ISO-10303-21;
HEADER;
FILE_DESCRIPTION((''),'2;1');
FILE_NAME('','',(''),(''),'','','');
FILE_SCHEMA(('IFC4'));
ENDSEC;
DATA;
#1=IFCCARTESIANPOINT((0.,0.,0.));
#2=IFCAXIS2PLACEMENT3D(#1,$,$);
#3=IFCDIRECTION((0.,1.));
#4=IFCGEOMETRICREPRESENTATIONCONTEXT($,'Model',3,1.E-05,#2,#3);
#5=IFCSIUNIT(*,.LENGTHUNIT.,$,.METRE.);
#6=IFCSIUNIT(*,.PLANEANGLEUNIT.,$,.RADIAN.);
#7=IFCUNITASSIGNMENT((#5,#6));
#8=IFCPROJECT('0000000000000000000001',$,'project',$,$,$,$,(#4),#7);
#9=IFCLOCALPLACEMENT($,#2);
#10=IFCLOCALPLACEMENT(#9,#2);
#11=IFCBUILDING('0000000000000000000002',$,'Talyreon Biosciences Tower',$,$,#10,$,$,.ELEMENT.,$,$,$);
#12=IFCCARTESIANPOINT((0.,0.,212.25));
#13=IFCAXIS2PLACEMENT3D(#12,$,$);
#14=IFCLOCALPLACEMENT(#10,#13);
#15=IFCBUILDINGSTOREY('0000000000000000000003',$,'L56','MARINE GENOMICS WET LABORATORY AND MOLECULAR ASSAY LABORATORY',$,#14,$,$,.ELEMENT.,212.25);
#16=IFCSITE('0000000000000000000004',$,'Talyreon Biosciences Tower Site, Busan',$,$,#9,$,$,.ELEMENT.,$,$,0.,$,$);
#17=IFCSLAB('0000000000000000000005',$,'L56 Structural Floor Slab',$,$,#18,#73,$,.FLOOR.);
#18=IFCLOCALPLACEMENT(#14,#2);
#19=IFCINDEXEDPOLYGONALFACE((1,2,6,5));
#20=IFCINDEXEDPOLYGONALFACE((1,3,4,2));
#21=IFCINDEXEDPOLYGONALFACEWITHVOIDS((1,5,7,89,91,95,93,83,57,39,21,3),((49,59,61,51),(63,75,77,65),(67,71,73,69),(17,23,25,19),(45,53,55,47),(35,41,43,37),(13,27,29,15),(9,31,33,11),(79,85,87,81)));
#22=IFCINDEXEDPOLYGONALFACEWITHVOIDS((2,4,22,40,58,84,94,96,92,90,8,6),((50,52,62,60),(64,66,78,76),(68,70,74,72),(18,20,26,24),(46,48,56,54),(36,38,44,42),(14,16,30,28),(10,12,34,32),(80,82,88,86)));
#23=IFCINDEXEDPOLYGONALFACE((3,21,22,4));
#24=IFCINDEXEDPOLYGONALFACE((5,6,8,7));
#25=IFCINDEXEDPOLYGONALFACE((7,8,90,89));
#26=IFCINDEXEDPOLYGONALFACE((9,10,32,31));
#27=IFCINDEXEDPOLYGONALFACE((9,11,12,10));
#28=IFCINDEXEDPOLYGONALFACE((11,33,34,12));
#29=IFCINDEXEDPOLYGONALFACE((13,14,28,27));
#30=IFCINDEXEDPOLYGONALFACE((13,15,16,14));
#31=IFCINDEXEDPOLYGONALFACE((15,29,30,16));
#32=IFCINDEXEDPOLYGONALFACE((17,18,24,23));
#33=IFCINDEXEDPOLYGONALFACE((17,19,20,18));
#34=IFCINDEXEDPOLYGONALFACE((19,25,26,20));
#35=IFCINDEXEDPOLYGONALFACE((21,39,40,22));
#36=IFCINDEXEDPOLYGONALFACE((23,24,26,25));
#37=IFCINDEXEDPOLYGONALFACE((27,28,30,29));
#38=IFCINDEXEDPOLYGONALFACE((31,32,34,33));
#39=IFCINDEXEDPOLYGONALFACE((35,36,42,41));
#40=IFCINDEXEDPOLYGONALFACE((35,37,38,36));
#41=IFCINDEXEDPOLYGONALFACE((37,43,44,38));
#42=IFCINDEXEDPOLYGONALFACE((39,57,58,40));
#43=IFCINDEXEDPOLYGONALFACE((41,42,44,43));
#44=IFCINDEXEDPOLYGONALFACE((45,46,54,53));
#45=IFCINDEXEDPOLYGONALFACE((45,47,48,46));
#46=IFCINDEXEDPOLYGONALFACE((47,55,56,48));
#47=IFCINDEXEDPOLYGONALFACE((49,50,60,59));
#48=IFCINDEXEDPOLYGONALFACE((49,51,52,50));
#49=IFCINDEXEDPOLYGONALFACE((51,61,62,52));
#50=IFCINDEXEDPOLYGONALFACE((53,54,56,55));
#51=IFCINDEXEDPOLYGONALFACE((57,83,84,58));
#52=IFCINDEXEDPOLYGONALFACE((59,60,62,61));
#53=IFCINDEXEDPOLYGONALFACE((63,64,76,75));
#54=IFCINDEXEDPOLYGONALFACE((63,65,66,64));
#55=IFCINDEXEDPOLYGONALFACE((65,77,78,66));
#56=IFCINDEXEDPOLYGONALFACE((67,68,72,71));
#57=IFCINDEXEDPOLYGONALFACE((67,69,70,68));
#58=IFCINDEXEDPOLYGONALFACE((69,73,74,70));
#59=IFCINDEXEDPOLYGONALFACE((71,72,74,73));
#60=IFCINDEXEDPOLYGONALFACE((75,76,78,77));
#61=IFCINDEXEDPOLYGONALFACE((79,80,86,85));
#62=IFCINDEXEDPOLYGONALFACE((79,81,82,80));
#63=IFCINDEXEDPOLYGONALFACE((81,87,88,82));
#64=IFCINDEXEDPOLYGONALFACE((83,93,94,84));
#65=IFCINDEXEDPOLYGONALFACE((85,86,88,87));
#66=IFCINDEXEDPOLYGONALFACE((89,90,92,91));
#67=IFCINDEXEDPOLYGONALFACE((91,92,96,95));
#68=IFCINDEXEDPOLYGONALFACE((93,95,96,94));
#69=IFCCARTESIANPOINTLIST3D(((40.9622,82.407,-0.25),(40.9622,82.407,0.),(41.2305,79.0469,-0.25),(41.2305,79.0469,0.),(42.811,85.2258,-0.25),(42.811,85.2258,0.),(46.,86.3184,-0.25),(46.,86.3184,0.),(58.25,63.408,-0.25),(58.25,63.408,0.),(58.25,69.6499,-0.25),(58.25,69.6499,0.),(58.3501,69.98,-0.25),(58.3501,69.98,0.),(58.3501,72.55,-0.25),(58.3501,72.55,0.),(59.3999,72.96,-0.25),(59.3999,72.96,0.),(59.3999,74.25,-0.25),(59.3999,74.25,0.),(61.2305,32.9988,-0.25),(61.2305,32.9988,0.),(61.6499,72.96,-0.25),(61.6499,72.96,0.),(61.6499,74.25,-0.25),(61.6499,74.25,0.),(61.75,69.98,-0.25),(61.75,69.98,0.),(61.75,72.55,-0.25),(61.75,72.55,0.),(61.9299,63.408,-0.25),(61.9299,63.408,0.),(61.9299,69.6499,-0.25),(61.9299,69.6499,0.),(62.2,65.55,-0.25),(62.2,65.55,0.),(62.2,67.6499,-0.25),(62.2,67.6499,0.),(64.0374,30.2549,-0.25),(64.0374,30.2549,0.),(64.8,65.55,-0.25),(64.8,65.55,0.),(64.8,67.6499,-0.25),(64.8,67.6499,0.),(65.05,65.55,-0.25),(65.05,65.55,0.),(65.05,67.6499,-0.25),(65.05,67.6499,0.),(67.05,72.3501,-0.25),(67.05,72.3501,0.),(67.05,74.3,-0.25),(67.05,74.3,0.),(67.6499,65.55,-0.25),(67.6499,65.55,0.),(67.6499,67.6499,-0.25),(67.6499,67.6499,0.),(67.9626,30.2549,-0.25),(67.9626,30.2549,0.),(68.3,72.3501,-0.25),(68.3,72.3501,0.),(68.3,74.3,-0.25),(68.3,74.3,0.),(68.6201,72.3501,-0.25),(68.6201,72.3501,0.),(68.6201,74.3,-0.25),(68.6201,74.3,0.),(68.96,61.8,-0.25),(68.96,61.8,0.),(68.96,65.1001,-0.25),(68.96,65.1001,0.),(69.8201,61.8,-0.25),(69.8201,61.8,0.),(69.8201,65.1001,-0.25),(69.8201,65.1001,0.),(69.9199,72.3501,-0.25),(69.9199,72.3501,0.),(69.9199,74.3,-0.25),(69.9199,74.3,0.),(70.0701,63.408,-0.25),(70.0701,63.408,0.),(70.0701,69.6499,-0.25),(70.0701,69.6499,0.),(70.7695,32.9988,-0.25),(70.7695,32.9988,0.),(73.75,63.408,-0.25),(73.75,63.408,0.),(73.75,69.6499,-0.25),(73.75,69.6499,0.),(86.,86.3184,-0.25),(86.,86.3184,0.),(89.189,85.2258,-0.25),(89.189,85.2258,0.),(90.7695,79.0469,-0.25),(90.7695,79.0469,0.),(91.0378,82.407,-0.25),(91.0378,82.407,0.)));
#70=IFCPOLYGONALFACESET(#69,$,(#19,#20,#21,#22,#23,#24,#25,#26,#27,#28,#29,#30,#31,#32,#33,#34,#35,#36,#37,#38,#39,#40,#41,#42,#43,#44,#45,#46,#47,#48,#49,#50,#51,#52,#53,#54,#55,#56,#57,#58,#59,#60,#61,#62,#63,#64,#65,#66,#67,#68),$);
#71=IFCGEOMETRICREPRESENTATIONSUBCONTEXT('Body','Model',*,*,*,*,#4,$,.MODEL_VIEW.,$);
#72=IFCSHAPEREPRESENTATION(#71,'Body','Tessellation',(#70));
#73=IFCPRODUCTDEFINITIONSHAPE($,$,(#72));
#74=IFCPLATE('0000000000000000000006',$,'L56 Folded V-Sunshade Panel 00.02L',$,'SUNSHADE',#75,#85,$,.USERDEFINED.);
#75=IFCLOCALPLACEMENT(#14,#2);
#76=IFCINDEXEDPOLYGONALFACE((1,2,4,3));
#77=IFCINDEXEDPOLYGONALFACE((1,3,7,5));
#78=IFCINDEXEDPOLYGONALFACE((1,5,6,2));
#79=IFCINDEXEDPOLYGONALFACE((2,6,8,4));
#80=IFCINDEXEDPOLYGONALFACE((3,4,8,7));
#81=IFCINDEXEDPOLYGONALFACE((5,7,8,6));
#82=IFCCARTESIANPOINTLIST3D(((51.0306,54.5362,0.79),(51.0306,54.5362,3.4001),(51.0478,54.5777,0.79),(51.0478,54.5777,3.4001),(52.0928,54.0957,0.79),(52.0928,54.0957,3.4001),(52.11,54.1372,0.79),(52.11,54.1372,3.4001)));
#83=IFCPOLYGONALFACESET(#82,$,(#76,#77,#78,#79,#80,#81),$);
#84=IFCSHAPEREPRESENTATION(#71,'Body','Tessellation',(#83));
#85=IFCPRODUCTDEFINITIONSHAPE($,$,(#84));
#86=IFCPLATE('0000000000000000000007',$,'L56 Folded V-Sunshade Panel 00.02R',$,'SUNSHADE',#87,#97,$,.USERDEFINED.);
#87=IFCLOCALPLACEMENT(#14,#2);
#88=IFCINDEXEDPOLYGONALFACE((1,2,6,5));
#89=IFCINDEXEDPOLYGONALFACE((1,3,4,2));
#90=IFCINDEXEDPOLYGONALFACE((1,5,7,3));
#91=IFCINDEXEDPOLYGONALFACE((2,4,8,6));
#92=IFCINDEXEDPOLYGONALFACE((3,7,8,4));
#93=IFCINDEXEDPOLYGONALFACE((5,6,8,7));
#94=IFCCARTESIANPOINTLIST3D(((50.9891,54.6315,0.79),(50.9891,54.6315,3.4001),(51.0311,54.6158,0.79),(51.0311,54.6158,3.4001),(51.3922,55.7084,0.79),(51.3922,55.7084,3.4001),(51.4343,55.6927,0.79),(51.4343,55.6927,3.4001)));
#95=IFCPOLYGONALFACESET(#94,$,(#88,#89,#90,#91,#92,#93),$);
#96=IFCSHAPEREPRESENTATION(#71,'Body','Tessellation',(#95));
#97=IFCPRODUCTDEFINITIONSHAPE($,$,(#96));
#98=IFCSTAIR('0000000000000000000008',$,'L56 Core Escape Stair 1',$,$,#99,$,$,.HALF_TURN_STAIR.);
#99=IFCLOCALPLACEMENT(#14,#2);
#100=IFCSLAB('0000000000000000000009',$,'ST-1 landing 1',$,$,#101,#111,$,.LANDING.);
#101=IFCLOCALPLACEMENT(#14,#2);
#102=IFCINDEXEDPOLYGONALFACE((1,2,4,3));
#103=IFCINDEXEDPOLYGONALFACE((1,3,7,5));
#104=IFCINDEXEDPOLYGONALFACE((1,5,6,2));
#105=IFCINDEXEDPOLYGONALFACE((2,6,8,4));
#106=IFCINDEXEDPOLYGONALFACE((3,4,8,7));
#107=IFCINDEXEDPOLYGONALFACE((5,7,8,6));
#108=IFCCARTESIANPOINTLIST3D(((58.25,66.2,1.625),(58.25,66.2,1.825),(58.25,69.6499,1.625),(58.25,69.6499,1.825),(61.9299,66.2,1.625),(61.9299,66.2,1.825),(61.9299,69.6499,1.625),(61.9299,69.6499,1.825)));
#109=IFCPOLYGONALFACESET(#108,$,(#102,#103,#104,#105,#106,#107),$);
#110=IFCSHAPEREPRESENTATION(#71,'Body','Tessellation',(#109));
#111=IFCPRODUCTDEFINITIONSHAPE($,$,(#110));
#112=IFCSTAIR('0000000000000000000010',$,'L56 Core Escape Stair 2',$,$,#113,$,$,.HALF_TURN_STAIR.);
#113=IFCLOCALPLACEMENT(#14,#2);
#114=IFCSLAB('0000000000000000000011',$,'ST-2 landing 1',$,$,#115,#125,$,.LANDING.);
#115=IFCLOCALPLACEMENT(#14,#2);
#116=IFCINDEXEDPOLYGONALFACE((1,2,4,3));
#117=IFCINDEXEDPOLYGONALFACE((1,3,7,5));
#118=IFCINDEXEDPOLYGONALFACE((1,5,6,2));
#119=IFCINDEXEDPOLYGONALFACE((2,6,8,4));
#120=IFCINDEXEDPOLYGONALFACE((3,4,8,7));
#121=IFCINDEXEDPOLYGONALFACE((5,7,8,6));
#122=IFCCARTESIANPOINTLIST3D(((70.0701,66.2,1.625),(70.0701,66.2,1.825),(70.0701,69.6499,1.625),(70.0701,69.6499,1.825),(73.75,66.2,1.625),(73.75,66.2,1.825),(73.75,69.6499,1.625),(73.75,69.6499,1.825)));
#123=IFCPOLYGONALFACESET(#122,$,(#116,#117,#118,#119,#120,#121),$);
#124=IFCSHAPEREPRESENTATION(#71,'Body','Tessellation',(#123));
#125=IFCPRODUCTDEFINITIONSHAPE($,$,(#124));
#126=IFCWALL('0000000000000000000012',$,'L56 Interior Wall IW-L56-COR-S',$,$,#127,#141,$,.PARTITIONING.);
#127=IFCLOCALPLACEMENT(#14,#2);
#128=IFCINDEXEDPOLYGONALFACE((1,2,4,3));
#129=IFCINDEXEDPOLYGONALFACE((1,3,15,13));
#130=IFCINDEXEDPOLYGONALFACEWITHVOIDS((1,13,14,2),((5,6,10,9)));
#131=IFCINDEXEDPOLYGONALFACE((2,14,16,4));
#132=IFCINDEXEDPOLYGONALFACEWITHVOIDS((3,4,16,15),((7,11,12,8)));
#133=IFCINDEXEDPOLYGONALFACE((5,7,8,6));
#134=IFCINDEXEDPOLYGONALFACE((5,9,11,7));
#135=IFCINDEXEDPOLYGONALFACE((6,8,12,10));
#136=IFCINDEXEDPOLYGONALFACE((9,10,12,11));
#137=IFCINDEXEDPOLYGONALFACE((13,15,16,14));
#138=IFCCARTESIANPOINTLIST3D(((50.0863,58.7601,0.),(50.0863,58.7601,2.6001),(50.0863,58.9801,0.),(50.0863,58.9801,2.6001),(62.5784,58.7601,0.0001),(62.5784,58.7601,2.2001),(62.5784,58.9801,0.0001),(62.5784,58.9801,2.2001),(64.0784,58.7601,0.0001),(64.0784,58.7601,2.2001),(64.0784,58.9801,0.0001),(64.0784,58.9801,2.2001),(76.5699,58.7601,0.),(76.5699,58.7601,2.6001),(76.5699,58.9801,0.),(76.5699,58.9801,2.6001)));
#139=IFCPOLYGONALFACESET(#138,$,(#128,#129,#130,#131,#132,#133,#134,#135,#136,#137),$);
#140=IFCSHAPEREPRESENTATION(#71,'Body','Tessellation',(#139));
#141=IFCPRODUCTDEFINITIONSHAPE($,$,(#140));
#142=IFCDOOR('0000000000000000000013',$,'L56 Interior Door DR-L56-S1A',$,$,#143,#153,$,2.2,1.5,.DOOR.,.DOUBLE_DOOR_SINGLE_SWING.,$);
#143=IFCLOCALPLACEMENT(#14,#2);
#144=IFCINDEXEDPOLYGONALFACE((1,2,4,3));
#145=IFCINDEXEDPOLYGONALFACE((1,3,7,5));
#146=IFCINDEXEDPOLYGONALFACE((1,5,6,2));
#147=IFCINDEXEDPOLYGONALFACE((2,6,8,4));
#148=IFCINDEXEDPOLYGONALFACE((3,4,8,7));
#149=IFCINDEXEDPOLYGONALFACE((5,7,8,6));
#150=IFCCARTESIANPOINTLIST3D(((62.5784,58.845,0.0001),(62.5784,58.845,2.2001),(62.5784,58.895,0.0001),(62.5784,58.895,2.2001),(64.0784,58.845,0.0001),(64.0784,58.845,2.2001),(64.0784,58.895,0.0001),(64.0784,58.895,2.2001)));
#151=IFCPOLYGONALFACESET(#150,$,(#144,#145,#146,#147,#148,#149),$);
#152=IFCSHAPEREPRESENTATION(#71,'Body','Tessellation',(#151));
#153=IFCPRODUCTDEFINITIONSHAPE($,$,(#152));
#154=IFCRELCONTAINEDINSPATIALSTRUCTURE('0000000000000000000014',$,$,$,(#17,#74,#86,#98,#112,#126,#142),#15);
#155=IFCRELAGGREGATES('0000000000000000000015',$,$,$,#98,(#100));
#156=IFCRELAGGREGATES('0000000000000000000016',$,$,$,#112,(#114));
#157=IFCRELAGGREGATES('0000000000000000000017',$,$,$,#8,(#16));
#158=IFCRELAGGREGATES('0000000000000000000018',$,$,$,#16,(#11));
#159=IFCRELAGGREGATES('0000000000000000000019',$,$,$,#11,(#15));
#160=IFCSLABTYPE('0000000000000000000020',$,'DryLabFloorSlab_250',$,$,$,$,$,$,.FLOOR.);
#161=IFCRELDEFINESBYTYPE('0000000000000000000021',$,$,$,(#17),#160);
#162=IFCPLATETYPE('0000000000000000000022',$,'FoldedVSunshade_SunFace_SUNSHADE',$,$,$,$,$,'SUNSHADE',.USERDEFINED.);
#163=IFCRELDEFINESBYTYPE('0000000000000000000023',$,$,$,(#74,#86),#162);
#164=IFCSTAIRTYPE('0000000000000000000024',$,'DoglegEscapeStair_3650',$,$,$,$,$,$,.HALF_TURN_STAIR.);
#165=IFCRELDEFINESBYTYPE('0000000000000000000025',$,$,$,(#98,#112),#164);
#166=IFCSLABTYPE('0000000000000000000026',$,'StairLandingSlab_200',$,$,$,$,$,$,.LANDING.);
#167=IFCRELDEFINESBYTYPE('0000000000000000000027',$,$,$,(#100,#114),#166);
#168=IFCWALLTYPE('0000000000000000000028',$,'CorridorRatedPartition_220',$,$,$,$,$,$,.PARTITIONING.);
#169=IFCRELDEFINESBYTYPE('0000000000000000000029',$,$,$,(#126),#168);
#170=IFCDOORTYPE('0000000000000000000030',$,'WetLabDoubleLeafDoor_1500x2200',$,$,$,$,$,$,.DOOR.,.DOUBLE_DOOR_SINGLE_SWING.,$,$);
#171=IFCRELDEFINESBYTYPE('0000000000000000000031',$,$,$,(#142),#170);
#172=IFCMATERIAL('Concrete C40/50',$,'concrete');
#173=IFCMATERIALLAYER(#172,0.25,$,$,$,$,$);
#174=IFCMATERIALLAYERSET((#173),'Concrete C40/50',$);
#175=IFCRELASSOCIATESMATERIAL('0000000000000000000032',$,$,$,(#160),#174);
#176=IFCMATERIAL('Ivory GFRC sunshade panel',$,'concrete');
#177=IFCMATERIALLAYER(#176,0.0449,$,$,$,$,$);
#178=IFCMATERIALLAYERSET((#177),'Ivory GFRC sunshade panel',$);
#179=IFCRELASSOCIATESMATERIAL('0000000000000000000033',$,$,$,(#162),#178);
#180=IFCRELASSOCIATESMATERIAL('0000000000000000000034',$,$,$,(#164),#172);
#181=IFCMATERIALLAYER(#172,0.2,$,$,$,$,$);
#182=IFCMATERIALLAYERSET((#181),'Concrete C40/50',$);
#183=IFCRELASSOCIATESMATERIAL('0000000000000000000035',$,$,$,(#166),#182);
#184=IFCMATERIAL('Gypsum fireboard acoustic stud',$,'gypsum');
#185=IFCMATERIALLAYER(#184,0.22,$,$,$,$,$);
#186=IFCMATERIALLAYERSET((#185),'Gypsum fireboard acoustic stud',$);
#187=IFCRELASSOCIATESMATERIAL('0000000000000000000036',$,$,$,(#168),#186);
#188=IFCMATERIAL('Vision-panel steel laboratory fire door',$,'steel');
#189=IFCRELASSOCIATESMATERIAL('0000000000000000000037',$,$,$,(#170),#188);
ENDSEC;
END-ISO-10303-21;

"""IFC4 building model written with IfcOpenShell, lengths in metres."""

from ifc_helpers import new_model, si_unit, direction, frame, frame_2d, origin, origin_2d, place, context, subcontext, project, spatial, polyline, rectangle, outline, extrude, material, layer, layer_set, type_object, element, fill, aggregate, save


model = new_model("IFC4")

# Units and contexts
model_context = context("Model", 3, precision=1e-05, world=origin(), true_north=direction((0.0, 1.0)))
body_context = subcontext(model_context, "Body", "Model", "MODEL_VIEW")
ifc_project = project(units=[si_unit("LENGTHUNIT", "METRE"), si_unit("PLANEANGLEUNIT", "RADIAN")], contexts=[model_context])

# Site, building, storey
site_placement = place(None, origin())
site = spatial("IfcSite", under=ifc_project, at=site_placement, Name="Talyreon Biosciences Tower Site, Busan", CompositionType="ELEMENT", RefElevation=0.0)
building_placement = place(site_placement, origin())
building = spatial("IfcBuilding", under=site, at=building_placement, Name="Talyreon Biosciences Tower", CompositionType="ELEMENT")
storey_placement = place(building_placement, frame((0.0, 0.0, 212.25)))
storey = spatial("IfcBuildingStorey", under=building, at=storey_placement, Name="L56", Description="MARINE GENOMICS WET LABORATORY AND MOLECULAR ASSAY LABORATORY", CompositionType="ELEMENT", Elevation=212.25)

# Slab
ifc_material_1 = material(Name="Concrete C40/50", Category="concrete")
ifc_layer_1 = layer(ifc_material_1, 0.25)
ifc_layer_set_1 = layer_set([ifc_layer_1], Name="Concrete C40/50")
slab_type_1 = type_object("IfcSlabType", Name="DryLabFloorSlab_250", PredefinedType="FLOOR", material=ifc_layer_set_1)
slab_1_placement = place(storey_placement, frame((0.0, 0.0, -0.25)))
element("IfcSlab", 1, at=slab_1_placement, inside=storey, type_object=slab_type_1, Name="L56 Structural Floor Slab", PredefinedType="FLOOR", context=body_context, shape_type="SweptSolid", body=[
    extrude(outline(polyline([(61.2305, 32.9988), (41.2305, 79.0469), (40.9622, 82.407), (42.811, 85.2258), (46.0, 86.3184), (86.0, 86.3184), (89.189, 85.2258), (91.0378, 82.407), (90.7695, 79.0469), (70.7695, 32.9988), (67.9626, 30.2549), (64.0374, 30.2549), (61.2305, 32.9988)]), holes=[polyline([(69.8201, 65.1001), (69.8201, 61.8), (68.96, 61.8), (68.96, 65.1001), (69.8201, 65.1001)]), polyline([(61.9299, 69.6499), (61.9299, 63.408), (58.25, 63.408), (58.25, 69.6499), (61.9299, 69.6499)]), polyline([(73.75, 69.6499), (73.75, 63.408), (70.0701, 63.408), (70.0701, 69.6499), (73.75, 69.6499)]), polyline([(64.8, 67.6499), (64.8, 65.55), (62.2, 65.55), (62.2, 67.6499), (64.8, 67.6499)]), polyline([(67.6499, 67.6499), (67.6499, 65.55), (65.05, 65.55), (65.05, 67.6499), (67.6499, 67.6499)]), polyline([(61.75, 72.55), (61.75, 69.98), (58.3501, 69.98), (58.3501, 72.55), (61.75, 72.55)]), polyline([(68.3, 74.3), (68.3, 72.3501), (67.05, 72.3501), (67.05, 74.3), (68.3, 74.3)]), polyline([(69.9199, 72.3501), (68.6201, 72.3501), (68.6201, 74.3), (69.9199, 74.3), (69.9199, 72.3501)]), polyline([(61.6499, 72.96), (59.3999, 72.96), (59.3999, 74.25), (61.6499, 74.25), (61.6499, 72.96)])]), origin(), (0.0, 0.0, 1.0), 0.25),
])

# Plates
ifc_material_2 = material(Name="Ivory GFRC sunshade panel", Category="concrete")
ifc_layer_2 = layer(ifc_material_2, 0.0449)
ifc_layer_set_2 = layer_set([ifc_layer_2], Name="Ivory GFRC sunshade panel")
plate_type_1 = type_object("IfcPlateType", Name="FoldedVSunshade_SunFace_SUNSHADE", ElementType="SUNSHADE", PredefinedType="USERDEFINED", material=ifc_layer_set_2)
for number, where, z_axis, x_axis, name in (
    (2, (51.5703, 54.3367, 0.79), (0.0, 0.0, 1.0), (-0.923726, 0.383054, 0.0), "L56 Folded V-Sunshade Panel 00.02L"),
    (3, (51.2117, 55.1621, 0.79), (0.0, 0.0, 1.0), (0.350583, 0.936532, 0.0), "L56 Folded V-Sunshade Panel 00.02R"),
):
    element("IfcPlate", number, at=place(storey_placement, frame(where, z_axis=z_axis, x_axis=x_axis)), inside=storey, type_object=plate_type_1, Name=name, ObjectType="SUNSHADE", PredefinedType="USERDEFINED", context=body_context, shape_type="SweptSolid", body=[
        extrude(rectangle(XDim=1.1499, YDim=0.0449, at=origin_2d()), origin(), (0.0, 0.0, 1.0), 2.6101),
    ])

# Stairs, slabs
stair_type = type_object("IfcStairType", Name="DoglegEscapeStair_3650", PredefinedType="HALF_TURN_STAIR", material=ifc_material_1)
stair_1_placement = place(storey_placement, origin())
stair_1 = element("IfcStair", 4, at=stair_1_placement, inside=storey, type_object=stair_type, Name="L56 Core Escape Stair 1", PredefinedType="HALF_TURN_STAIR")
ifc_layer_3 = layer(ifc_material_1, 0.2)
ifc_layer_set_3 = layer_set([ifc_layer_3], Name="Concrete C40/50")
slab_type_2 = type_object("IfcSlabType", Name="StairLandingSlab_200", PredefinedType="LANDING", material=ifc_layer_set_3)
slab_2_placement = place(storey_placement, frame((0.0, 0.0, 1.625)))
slab_2 = element("IfcSlab", 5, at=slab_2_placement, type_object=slab_type_2, Name="ST-1 landing 1", PredefinedType="LANDING", context=body_context, shape_type="SweptSolid", body=[
    extrude(outline(polyline([(61.9299, 66.2), (61.9299, 69.6499), (58.25, 69.6499), (58.25, 66.2), (61.9299, 66.2)])), origin(), (0.0, 0.0, 1.0), 0.2),
])
aggregate(stair_1, [slab_2])
stair_2_placement = place(storey_placement, origin())
stair_2 = element("IfcStair", 6, at=stair_2_placement, inside=storey, type_object=stair_type, Name="L56 Core Escape Stair 2", PredefinedType="HALF_TURN_STAIR")
slab_3_placement = place(storey_placement, frame((0.0, 0.0, 1.625)))
slab_3 = element("IfcSlab", 7, at=slab_3_placement, type_object=slab_type_2, Name="ST-2 landing 1", PredefinedType="LANDING", context=body_context, shape_type="SweptSolid", body=[
    extrude(outline(polyline([(73.75, 66.2), (73.75, 69.6499), (70.0701, 69.6499), (70.0701, 66.2), (73.75, 66.2)])), origin(), (0.0, 0.0, 1.0), 0.2),
])
aggregate(stair_2, [slab_3])

# Wall, opening, door
ifc_material_3 = material(Name="Gypsum fireboard acoustic stud", Category="gypsum")
ifc_layer_4 = layer(ifc_material_3, 0.22)
ifc_layer_set_4 = layer_set([ifc_layer_4], Name="Gypsum fireboard acoustic stud")
wall_type = type_object("IfcWallType", Name="CorridorRatedPartition_220", PredefinedType="PARTITIONING", material=ifc_layer_set_4)
wall_placement = place(storey_placement, frame((50.0864, 58.8701, 0.0), z_axis=(0.0, 0.0, 1.0), x_axis=(1.0, 0.0, 0.0)))
wall = element("IfcWall", 8, at=wall_placement, inside=storey, type_object=wall_type, Name="L56 Interior Wall IW-L56-COR-S", PredefinedType="PARTITIONING", context=body_context, shape_type="SweptSolid", body=[
    extrude(rectangle(XDim=26.4836, YDim=0.22, at=frame_2d((13.2417, 0.0))), origin(), (0.0, 0.0, 1.0), 2.6001),
])
opening_placement = place(wall_placement, frame((12.4919, 0.0, 0.0)))
opening = element("IfcOpeningElement", 9, at=opening_placement, cuts=wall, PredefinedType="OPENING", context=body_context, shape_type="SweptSolid", body=[
    extrude(rectangle(XDim=1.5, YDim=2.2, at=frame_2d((0.75, 1.1001))), frame((0.0, 0.1199, 0.0), z_axis=(0.0, -1.0, 0.0), x_axis=(1.0, 0.0, 0.0)), (0.0, 0.0, 1.0), 0.24),
])
ifc_material_4 = material(Name="Vision-panel steel laboratory fire door", Category="steel")
door_type = type_object("IfcDoorType", Name="WetLabDoubleLeafDoor_1500x2200", OperationType="DOUBLE_DOOR_SINGLE_SWING", PredefinedType="DOOR", material=ifc_material_4)
door_placement = place(opening_placement, origin())
door = element("IfcDoor", 10, at=door_placement, inside=storey, type_object=door_type, Name="L56 Interior Door DR-L56-S1A", OperationType="DOUBLE_DOOR_SINGLE_SWING", OverallHeight=2.2, OverallWidth=1.5, PredefinedType="DOOR", context=body_context, shape_type="SweptSolid", body=[
    extrude(rectangle(XDim=1.5, YDim=2.2, at=frame_2d((0.75, 1.1001))), frame((0.0, 0.0249, 0.0), z_axis=(0.0, -1.0, 0.0), x_axis=(1.0, 0.0, 0.0)), (0.0, 0.0, 1.0), 0.05),
])
fill(opening, door)

save(model, "model.ifc")
